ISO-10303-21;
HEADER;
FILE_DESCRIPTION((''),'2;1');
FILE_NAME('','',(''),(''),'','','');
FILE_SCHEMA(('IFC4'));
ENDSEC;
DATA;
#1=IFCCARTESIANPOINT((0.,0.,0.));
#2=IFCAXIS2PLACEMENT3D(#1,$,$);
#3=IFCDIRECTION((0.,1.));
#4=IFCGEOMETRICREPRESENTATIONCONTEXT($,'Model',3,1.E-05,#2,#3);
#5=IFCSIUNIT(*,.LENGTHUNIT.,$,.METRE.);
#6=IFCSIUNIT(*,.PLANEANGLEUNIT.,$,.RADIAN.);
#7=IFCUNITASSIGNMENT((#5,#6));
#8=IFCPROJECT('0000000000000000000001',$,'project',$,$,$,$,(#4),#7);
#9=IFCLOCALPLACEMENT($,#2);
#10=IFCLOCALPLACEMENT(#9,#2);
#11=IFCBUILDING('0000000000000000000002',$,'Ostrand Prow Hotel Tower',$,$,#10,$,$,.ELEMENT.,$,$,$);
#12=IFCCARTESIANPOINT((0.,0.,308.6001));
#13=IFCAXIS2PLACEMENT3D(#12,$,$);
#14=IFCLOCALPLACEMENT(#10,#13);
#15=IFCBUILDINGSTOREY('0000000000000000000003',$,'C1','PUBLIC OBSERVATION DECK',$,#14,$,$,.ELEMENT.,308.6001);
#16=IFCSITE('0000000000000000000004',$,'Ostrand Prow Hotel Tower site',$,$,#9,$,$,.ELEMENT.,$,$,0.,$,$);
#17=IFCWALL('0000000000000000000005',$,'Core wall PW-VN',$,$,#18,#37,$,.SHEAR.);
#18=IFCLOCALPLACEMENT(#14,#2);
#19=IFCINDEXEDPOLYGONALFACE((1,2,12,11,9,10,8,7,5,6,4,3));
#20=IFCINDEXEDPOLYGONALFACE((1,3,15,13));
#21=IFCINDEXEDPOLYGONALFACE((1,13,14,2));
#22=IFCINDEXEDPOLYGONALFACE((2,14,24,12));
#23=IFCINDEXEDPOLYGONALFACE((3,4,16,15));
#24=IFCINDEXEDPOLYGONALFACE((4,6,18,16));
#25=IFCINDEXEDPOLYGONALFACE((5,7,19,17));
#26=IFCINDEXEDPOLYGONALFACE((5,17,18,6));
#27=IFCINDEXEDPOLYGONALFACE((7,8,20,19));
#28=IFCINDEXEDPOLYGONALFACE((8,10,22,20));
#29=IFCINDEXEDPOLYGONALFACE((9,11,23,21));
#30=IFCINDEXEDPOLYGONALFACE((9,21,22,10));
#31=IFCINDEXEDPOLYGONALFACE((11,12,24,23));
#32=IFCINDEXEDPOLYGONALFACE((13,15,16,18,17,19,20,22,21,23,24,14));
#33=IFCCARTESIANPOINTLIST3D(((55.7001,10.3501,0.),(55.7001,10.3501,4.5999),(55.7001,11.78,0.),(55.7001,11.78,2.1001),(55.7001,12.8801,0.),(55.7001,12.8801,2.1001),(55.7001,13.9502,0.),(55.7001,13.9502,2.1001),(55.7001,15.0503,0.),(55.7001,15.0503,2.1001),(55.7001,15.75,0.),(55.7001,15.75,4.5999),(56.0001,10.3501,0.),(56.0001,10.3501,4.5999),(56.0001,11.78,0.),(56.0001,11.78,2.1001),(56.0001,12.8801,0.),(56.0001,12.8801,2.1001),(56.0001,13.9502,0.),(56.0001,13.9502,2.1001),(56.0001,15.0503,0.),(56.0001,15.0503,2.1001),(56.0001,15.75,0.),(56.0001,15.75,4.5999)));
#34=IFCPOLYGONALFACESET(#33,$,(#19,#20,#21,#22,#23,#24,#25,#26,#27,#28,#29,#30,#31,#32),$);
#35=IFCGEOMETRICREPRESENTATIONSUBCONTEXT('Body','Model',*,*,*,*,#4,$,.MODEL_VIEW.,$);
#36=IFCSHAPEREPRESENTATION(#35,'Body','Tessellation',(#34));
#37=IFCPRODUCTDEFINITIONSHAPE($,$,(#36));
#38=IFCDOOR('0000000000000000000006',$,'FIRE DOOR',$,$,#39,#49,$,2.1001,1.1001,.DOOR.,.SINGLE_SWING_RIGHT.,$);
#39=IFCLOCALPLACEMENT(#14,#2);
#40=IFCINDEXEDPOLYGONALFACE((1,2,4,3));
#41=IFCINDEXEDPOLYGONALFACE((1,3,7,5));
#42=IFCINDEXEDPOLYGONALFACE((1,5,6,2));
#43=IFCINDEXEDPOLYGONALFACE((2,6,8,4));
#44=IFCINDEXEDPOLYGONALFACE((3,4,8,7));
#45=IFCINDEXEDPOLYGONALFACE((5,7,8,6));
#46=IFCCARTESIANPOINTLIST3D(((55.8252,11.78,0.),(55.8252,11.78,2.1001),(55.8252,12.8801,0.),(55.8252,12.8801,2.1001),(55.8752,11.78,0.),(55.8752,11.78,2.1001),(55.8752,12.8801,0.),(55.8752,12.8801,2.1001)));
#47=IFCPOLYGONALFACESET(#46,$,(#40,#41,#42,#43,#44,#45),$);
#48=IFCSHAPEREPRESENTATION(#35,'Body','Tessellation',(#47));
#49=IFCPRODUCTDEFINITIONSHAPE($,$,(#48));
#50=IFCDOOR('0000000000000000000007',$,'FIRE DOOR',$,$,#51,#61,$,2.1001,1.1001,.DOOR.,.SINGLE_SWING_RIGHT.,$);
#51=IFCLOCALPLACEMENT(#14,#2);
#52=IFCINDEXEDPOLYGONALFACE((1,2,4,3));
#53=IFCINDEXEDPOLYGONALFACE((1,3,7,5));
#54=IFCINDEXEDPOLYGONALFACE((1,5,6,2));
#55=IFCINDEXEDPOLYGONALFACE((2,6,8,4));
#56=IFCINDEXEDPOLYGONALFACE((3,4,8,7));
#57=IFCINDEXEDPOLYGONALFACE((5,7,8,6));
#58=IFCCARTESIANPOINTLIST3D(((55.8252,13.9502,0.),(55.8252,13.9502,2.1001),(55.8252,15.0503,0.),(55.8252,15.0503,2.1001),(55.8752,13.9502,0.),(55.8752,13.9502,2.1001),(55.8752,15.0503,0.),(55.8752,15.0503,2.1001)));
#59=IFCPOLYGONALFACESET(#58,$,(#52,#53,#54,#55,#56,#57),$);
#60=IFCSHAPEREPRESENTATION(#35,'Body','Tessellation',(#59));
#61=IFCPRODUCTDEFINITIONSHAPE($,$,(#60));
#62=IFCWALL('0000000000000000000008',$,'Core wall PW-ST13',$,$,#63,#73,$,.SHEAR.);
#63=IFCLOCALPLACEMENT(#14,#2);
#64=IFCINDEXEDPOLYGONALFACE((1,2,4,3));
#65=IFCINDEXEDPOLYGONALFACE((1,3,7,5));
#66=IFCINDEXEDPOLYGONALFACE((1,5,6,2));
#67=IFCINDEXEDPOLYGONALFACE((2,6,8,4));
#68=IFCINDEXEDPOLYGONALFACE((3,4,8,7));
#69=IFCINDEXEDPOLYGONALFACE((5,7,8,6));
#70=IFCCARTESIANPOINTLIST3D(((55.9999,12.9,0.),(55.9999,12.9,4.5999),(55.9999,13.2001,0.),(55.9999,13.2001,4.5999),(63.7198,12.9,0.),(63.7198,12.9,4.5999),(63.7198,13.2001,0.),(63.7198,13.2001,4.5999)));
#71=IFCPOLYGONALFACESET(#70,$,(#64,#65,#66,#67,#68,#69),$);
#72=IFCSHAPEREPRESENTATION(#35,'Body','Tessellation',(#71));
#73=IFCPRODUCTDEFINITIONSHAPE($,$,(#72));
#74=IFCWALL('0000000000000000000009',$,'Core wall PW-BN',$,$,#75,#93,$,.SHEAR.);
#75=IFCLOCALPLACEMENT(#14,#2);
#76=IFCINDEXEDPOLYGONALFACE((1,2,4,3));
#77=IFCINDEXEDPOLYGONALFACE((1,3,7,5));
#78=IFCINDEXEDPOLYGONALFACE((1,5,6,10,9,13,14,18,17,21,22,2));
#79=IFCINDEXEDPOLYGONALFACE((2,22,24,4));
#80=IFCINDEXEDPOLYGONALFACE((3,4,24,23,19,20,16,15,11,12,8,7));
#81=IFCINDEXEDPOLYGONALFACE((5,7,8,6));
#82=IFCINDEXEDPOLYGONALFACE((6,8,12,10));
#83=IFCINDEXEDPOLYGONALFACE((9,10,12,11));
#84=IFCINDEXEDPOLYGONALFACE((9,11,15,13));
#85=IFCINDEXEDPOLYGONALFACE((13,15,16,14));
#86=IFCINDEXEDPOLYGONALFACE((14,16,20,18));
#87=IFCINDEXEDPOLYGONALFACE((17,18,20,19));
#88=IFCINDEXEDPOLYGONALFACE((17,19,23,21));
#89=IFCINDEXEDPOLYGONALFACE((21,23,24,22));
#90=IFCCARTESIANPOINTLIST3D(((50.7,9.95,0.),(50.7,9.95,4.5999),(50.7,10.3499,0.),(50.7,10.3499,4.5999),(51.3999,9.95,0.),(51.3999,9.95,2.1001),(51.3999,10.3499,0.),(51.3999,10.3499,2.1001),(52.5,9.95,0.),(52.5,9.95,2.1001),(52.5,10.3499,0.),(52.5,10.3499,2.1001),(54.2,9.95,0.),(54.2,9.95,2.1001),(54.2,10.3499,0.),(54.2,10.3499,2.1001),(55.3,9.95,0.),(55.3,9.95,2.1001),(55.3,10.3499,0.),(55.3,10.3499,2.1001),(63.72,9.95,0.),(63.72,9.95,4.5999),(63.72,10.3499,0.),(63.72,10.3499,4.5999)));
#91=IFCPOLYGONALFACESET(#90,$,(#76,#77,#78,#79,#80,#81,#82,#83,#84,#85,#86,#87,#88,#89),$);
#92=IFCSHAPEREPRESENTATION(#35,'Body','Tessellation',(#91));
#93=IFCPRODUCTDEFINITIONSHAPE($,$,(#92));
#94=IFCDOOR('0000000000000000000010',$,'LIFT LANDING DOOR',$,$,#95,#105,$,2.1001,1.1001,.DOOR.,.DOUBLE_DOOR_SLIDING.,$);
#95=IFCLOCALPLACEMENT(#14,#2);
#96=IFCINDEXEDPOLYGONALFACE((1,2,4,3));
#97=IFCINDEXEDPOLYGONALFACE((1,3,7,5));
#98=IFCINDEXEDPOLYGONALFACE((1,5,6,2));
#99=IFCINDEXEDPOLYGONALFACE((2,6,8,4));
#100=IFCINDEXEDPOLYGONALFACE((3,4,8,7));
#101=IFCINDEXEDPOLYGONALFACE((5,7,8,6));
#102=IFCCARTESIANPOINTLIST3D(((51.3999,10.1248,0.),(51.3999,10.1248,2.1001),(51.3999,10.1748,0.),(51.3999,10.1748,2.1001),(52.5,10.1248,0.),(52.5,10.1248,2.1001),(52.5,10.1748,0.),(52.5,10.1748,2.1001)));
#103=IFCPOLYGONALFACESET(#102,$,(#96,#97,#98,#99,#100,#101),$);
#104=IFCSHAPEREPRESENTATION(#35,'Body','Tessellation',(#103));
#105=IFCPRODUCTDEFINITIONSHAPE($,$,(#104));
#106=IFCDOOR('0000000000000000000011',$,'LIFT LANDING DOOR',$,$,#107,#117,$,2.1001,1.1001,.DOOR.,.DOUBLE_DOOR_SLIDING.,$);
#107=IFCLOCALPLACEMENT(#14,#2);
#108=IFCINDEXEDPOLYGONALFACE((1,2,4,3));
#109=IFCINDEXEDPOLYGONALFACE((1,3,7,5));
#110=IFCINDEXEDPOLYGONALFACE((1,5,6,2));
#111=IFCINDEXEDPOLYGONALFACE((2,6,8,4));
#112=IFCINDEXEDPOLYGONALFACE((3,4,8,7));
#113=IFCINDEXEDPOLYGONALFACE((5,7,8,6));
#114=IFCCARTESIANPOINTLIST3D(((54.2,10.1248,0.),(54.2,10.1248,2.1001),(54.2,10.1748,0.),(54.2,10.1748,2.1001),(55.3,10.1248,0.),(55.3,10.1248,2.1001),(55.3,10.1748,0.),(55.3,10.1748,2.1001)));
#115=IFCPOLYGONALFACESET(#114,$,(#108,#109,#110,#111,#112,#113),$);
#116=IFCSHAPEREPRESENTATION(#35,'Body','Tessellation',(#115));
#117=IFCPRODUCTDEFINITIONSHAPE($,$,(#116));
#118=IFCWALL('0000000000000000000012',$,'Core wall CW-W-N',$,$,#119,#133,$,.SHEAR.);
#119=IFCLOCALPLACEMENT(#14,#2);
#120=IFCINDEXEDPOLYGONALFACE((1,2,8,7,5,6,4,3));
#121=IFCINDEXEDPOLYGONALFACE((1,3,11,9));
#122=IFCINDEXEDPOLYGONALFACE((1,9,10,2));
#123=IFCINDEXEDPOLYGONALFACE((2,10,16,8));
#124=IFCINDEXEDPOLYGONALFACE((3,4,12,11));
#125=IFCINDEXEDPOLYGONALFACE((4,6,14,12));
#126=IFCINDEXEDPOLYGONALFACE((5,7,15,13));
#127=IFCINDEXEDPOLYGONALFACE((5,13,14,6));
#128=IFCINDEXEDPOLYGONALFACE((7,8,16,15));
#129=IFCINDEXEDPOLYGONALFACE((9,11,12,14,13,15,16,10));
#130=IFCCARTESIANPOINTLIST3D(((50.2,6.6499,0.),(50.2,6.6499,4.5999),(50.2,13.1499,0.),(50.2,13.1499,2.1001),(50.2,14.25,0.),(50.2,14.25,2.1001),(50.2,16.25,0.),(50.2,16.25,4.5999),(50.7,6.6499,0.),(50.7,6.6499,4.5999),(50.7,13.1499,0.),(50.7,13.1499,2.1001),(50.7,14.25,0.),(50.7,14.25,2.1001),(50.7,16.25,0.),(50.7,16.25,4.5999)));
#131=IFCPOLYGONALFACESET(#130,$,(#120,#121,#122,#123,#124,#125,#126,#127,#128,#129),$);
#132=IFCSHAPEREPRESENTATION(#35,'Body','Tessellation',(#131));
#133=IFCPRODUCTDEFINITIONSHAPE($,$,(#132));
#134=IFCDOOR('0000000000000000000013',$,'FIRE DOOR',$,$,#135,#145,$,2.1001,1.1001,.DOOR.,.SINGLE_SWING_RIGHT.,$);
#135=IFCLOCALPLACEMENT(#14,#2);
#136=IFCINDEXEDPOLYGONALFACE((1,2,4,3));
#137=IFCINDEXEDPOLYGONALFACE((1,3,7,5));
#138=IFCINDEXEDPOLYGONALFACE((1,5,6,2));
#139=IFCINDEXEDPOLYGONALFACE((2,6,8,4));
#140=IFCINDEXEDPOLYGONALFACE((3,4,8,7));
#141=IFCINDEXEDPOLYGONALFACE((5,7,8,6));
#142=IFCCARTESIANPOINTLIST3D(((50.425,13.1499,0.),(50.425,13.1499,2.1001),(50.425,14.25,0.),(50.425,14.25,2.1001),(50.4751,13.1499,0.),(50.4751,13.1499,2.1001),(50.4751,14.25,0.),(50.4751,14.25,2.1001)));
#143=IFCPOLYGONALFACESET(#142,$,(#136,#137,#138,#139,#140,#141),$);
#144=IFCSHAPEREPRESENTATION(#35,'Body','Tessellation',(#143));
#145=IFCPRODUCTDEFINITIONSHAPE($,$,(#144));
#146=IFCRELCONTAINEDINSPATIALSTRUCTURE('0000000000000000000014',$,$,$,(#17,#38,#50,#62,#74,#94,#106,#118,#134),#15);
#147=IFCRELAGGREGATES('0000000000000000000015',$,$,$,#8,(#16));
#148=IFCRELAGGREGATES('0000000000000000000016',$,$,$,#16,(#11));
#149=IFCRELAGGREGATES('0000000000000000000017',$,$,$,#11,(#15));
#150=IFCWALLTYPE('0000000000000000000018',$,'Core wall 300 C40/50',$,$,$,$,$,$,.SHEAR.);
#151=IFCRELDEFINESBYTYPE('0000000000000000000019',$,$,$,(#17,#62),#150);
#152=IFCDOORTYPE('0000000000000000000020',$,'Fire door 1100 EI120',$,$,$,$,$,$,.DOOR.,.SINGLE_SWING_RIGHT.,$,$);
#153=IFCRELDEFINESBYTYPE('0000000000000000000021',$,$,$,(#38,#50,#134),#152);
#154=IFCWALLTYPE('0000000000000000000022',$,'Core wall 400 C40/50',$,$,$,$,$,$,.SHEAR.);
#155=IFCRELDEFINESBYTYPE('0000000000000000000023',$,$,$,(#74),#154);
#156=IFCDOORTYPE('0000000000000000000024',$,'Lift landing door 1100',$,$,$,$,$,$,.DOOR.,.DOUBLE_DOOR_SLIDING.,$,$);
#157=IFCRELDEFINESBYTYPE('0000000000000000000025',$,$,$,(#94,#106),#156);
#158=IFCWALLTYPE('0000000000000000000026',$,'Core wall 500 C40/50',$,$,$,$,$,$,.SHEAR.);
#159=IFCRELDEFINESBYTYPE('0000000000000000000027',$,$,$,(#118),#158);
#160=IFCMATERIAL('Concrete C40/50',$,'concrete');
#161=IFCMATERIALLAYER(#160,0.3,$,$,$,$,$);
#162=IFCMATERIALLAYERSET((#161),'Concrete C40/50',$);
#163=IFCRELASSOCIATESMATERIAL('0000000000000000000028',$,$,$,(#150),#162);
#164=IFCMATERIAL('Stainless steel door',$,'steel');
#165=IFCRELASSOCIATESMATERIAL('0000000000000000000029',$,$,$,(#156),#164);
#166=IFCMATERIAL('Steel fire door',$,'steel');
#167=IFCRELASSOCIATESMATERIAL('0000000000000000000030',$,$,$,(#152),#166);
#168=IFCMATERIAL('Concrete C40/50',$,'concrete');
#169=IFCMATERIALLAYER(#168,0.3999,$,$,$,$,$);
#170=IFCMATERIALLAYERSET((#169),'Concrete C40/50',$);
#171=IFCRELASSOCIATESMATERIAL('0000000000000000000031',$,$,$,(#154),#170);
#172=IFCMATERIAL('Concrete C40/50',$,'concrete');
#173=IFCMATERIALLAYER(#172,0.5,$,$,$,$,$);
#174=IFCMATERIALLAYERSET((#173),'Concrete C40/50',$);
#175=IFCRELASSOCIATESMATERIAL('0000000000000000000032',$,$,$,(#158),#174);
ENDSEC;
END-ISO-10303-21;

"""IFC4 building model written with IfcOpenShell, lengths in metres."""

from ifc_helpers import new_model, si_unit, direction, frame, frame_2d, origin, place, context, subcontext, project, spatial, rectangle, extrude, material, layer, layer_set, type_object, element, fill, save


model = new_model("IFC4")

# Units and contexts
model_context = context("Model", 3, precision=1e-05, world=origin(), true_north=direction((0.0, 1.0)))
body_context = subcontext(model_context, "Body", "Model", "MODEL_VIEW")
ifc_project = project(units=[si_unit("LENGTHUNIT", "METRE"), si_unit("PLANEANGLEUNIT", "RADIAN")], contexts=[model_context])

# Site, building, storey
site_placement = place(None, origin())
site = spatial("IfcSite", under=ifc_project, at=site_placement, Name="Ostrand Prow Hotel Tower site", CompositionType="ELEMENT", RefElevation=0.0)
building_placement = place(site_placement, origin())
building = spatial("IfcBuilding", under=site, at=building_placement, Name="Ostrand Prow Hotel Tower", CompositionType="ELEMENT")
storey_placement = place(building_placement, frame((0.0, 0.0, 308.6001)))
storey = spatial("IfcBuildingStorey", under=building, at=storey_placement, Name="C1", Description="PUBLIC OBSERVATION DECK", CompositionType="ELEMENT", Elevation=308.6001)

# Shared definitions
ifc_material_1 = material(Name="Concrete C40/50", Category="concrete")
ifc_layer_1 = layer(ifc_material_1, 0.3)
ifc_layer_set_1 = layer_set([ifc_layer_1], Name="Concrete C40/50")
wall_type_1 = type_object("IfcWallType", Name="Core wall 300 C40/50", PredefinedType="SHEAR", material=ifc_layer_set_1)
ifc_material_2 = material(Name="Stainless steel door", Category="steel")
door_type_1 = type_object("IfcDoorType", Name="Lift landing door 1100", OperationType="DOUBLE_DOOR_SLIDING", PredefinedType="DOOR", material=ifc_material_2)

# Wall, openings, doors
wall_1_placement = place(storey_placement, frame((55.8501, 10.3501, 0.0), z_axis=(0.0, 0.0, 1.0), x_axis=(0.0, 1.0, 0.0)))
wall_1 = element("IfcWall", 1, at=wall_1_placement, inside=storey, type_object=wall_type_1, Name="Core wall PW-VN", PredefinedType="SHEAR", context=body_context, shape_type="SweptSolid", body=[
    extrude(rectangle(XDim=5.3999, YDim=0.3, at=frame_2d((2.7, 0.0))), origin(), (0.0, 0.0, 1.0), 4.5999),
])
opening_1_placement = place(wall_1_placement, frame((1.4299, 0.0, 0.0)))
opening_1 = element("IfcOpeningElement", 2, at=opening_1_placement, cuts=wall_1, PredefinedType="OPENING", context=body_context, shape_type="SweptSolid", body=[
    extrude(rectangle(XDim=1.1001, YDim=2.1001, at=frame_2d((0.55, 1.05))), frame((0.0, 0.1599, 0.0), z_axis=(0.0, -1.0, 0.0), x_axis=(1.0, 0.0, 0.0)), (0.0, 0.0, 1.0), 0.3201),
])
opening_2_placement = place(wall_1_placement, frame((3.6001, 0.0, 0.0)))
opening_2 = element("IfcOpeningElement", 3, at=opening_2_placement, cuts=wall_1, PredefinedType="OPENING", context=body_context, shape_type="SweptSolid", body=[
    extrude(rectangle(XDim=1.1001, YDim=2.1001, at=frame_2d((0.55, 1.05))), frame((0.0, 0.1599, 0.0), z_axis=(0.0, -1.0, 0.0), x_axis=(1.0, 0.0, 0.0)), (0.0, 0.0, 1.0), 0.3201),
])
ifc_material_3 = material(Name="Steel fire door", Category="steel")
door_type_2 = type_object("IfcDoorType", Name="Fire door 1100 EI120", OperationType="SINGLE_SWING_RIGHT", PredefinedType="DOOR", material=ifc_material_3)
door_1_placement = place(opening_1_placement, origin())
door_1 = element("IfcDoor", 4, at=door_1_placement, inside=storey, type_object=door_type_2, Name="FIRE DOOR", OperationType="SINGLE_SWING_RIGHT", OverallHeight=2.1001, OverallWidth=1.1001, PredefinedType="DOOR", context=body_context, shape_type="SweptSolid", body=[
    extrude(rectangle(XDim=1.1001, YDim=2.1001, at=frame_2d((0.55, 1.05))), frame((0.0, 0.0249, 0.0), z_axis=(0.0, -1.0, 0.0), x_axis=(1.0, 0.0, 0.0)), (0.0, 0.0, 1.0), 0.05),
])
fill(opening_1, door_1)
door_2_placement = place(opening_2_placement, origin())
door_2 = element("IfcDoor", 5, at=door_2_placement, inside=storey, type_object=door_type_2, Name="FIRE DOOR", OperationType="SINGLE_SWING_RIGHT", OverallHeight=2.1001, OverallWidth=1.1001, PredefinedType="DOOR", context=body_context, shape_type="SweptSolid", body=[
    extrude(rectangle(XDim=1.1001, YDim=2.1001, at=frame_2d((0.55, 1.05))), frame((0.0, 0.0249, 0.0), z_axis=(0.0, -1.0, 0.0), x_axis=(1.0, 0.0, 0.0)), (0.0, 0.0, 1.0), 0.05),
])
fill(opening_2, door_2)

# Wall
wall_2_placement = place(storey_placement, frame((56.0, 13.05, 0.0), z_axis=(0.0, 0.0, 1.0), x_axis=(1.0, 0.0, 0.0)))
element("IfcWall", 6, at=wall_2_placement, inside=storey, type_object=wall_type_1, Name="Core wall PW-ST13", PredefinedType="SHEAR", context=body_context, shape_type="SweptSolid", body=[
    extrude(rectangle(XDim=7.72, YDim=0.3, at=frame_2d((3.8599, 0.0))), origin(), (0.0, 0.0, 1.0), 4.5999),
])

# Wall, openings, doors
ifc_material_4 = material(Name="Concrete C40/50", Category="concrete")
ifc_layer_2 = layer(ifc_material_4, 0.3999)
ifc_layer_set_2 = layer_set([ifc_layer_2], Name="Concrete C40/50")
wall_type_2 = type_object("IfcWallType", Name="Core wall 400 C40/50", PredefinedType="SHEAR", material=ifc_layer_set_2)
wall_3_placement = place(storey_placement, frame((50.7, 10.1499, 0.0), z_axis=(0.0, 0.0, 1.0), x_axis=(1.0, 0.0, 0.0)))
wall_3 = element("IfcWall", 7, at=wall_3_placement, inside=storey, type_object=wall_type_2, Name="Core wall PW-BN", PredefinedType="SHEAR", context=body_context, shape_type="SweptSolid", body=[
    extrude(rectangle(XDim=13.02, YDim=0.3999, at=frame_2d((6.51, 0.0))), origin(), (0.0, 0.0, 1.0), 4.5999),
])
opening_3_placement = place(wall_3_placement, frame((0.7, 0.0, 0.0)))
opening_3 = element("IfcOpeningElement", 8, at=opening_3_placement, cuts=wall_3, PredefinedType="OPENING", context=body_context, shape_type="SweptSolid", body=[
    extrude(rectangle(XDim=1.1001, YDim=2.1001, at=frame_2d((0.55, 1.05))), frame((0.0, 0.21, 0.0), z_axis=(0.0, -1.0, 0.0), x_axis=(1.0, 0.0, 0.0)), (0.0, 0.0, 1.0), 0.4199),
])
opening_4_placement = place(wall_3_placement, frame((3.5, 0.0, 0.0)))
opening_4 = element("IfcOpeningElement", 9, at=opening_4_placement, cuts=wall_3, PredefinedType="OPENING", context=body_context, shape_type="SweptSolid", body=[
    extrude(rectangle(XDim=1.1001, YDim=2.1001, at=frame_2d((0.55, 1.05))), frame((0.0, 0.21, 0.0), z_axis=(0.0, -1.0, 0.0), x_axis=(1.0, 0.0, 0.0)), (0.0, 0.0, 1.0), 0.4199),
])
door_3_placement = place(opening_3_placement, origin())
door_3 = element("IfcDoor", 10, at=door_3_placement, inside=storey, type_object=door_type_1, Name="LIFT LANDING DOOR", OperationType="DOUBLE_DOOR_SLIDING", OverallHeight=2.1001, OverallWidth=1.1001, PredefinedType="DOOR", context=body_context, shape_type="SweptSolid", body=[
    extrude(rectangle(XDim=1.1001, YDim=2.1001, at=frame_2d((0.55, 1.05))), frame((0.0, 0.0249, 0.0), z_axis=(0.0, -1.0, 0.0), x_axis=(1.0, 0.0, 0.0)), (0.0, 0.0, 1.0), 0.05),
])
fill(opening_3, door_3)
door_4_placement = place(opening_4_placement, origin())
door_4 = element("IfcDoor", 11, at=door_4_placement, inside=storey, type_object=door_type_1, Name="LIFT LANDING DOOR", OperationType="DOUBLE_DOOR_SLIDING", OverallHeight=2.1001, OverallWidth=1.1001, PredefinedType="DOOR", context=body_context, shape_type="SweptSolid", body=[
    extrude(rectangle(XDim=1.1001, YDim=2.1001, at=frame_2d((0.55, 1.05))), frame((0.0, 0.0249, 0.0), z_axis=(0.0, -1.0, 0.0), x_axis=(1.0, 0.0, 0.0)), (0.0, 0.0, 1.0), 0.05),
])
fill(opening_4, door_4)

# Wall, opening, door
ifc_material_5 = material(Name="Concrete C40/50", Category="concrete")
ifc_layer_3 = layer(ifc_material_5, 0.5)
ifc_layer_set_3 = layer_set([ifc_layer_3], Name="Concrete C40/50")
wall_type_3 = type_object("IfcWallType", Name="Core wall 500 C40/50", PredefinedType="SHEAR", material=ifc_layer_set_3)
wall_4_placement = place(storey_placement, frame((50.45, 6.6499, 0.0), z_axis=(0.0, 0.0, 1.0), x_axis=(0.0, 1.0, 0.0)))
wall_4 = element("IfcWall", 12, at=wall_4_placement, inside=storey, type_object=wall_type_3, Name="Core wall CW-W-N", PredefinedType="SHEAR", context=body_context, shape_type="SweptSolid", body=[
    extrude(rectangle(XDim=9.6001, YDim=0.5, at=frame_2d((4.8, 0.0))), origin(), (0.0, 0.0, 1.0), 4.5999),
])
opening_5_placement = place(wall_4_placement, frame((6.5, 0.0, 0.0)))
opening_5 = element("IfcOpeningElement", 13, at=opening_5_placement, cuts=wall_4, PredefinedType="OPENING", context=body_context, shape_type="SweptSolid", body=[
    extrude(rectangle(XDim=1.1001, YDim=2.1001, at=frame_2d((0.55, 1.05))), frame((0.0, 0.26, 0.0), z_axis=(0.0, -1.0, 0.0), x_axis=(1.0, 0.0, 0.0)), (0.0, 0.0, 1.0), 0.52),
])
door_5_placement = place(opening_5_placement, origin())
door_5 = element("IfcDoor", 14, at=door_5_placement, inside=storey, type_object=door_type_2, Name="FIRE DOOR", OperationType="SINGLE_SWING_RIGHT", OverallHeight=2.1001, OverallWidth=1.1001, PredefinedType="DOOR", context=body_context, shape_type="SweptSolid", body=[
    extrude(rectangle(XDim=1.1001, YDim=2.1001, at=frame_2d((0.55, 1.05))), frame((0.0, 0.0249, 0.0), z_axis=(0.0, -1.0, 0.0), x_axis=(1.0, 0.0, 0.0)), (0.0, 0.0, 1.0), 0.05),
])
fill(opening_5, door_5)

save(model, "model.ifc")
